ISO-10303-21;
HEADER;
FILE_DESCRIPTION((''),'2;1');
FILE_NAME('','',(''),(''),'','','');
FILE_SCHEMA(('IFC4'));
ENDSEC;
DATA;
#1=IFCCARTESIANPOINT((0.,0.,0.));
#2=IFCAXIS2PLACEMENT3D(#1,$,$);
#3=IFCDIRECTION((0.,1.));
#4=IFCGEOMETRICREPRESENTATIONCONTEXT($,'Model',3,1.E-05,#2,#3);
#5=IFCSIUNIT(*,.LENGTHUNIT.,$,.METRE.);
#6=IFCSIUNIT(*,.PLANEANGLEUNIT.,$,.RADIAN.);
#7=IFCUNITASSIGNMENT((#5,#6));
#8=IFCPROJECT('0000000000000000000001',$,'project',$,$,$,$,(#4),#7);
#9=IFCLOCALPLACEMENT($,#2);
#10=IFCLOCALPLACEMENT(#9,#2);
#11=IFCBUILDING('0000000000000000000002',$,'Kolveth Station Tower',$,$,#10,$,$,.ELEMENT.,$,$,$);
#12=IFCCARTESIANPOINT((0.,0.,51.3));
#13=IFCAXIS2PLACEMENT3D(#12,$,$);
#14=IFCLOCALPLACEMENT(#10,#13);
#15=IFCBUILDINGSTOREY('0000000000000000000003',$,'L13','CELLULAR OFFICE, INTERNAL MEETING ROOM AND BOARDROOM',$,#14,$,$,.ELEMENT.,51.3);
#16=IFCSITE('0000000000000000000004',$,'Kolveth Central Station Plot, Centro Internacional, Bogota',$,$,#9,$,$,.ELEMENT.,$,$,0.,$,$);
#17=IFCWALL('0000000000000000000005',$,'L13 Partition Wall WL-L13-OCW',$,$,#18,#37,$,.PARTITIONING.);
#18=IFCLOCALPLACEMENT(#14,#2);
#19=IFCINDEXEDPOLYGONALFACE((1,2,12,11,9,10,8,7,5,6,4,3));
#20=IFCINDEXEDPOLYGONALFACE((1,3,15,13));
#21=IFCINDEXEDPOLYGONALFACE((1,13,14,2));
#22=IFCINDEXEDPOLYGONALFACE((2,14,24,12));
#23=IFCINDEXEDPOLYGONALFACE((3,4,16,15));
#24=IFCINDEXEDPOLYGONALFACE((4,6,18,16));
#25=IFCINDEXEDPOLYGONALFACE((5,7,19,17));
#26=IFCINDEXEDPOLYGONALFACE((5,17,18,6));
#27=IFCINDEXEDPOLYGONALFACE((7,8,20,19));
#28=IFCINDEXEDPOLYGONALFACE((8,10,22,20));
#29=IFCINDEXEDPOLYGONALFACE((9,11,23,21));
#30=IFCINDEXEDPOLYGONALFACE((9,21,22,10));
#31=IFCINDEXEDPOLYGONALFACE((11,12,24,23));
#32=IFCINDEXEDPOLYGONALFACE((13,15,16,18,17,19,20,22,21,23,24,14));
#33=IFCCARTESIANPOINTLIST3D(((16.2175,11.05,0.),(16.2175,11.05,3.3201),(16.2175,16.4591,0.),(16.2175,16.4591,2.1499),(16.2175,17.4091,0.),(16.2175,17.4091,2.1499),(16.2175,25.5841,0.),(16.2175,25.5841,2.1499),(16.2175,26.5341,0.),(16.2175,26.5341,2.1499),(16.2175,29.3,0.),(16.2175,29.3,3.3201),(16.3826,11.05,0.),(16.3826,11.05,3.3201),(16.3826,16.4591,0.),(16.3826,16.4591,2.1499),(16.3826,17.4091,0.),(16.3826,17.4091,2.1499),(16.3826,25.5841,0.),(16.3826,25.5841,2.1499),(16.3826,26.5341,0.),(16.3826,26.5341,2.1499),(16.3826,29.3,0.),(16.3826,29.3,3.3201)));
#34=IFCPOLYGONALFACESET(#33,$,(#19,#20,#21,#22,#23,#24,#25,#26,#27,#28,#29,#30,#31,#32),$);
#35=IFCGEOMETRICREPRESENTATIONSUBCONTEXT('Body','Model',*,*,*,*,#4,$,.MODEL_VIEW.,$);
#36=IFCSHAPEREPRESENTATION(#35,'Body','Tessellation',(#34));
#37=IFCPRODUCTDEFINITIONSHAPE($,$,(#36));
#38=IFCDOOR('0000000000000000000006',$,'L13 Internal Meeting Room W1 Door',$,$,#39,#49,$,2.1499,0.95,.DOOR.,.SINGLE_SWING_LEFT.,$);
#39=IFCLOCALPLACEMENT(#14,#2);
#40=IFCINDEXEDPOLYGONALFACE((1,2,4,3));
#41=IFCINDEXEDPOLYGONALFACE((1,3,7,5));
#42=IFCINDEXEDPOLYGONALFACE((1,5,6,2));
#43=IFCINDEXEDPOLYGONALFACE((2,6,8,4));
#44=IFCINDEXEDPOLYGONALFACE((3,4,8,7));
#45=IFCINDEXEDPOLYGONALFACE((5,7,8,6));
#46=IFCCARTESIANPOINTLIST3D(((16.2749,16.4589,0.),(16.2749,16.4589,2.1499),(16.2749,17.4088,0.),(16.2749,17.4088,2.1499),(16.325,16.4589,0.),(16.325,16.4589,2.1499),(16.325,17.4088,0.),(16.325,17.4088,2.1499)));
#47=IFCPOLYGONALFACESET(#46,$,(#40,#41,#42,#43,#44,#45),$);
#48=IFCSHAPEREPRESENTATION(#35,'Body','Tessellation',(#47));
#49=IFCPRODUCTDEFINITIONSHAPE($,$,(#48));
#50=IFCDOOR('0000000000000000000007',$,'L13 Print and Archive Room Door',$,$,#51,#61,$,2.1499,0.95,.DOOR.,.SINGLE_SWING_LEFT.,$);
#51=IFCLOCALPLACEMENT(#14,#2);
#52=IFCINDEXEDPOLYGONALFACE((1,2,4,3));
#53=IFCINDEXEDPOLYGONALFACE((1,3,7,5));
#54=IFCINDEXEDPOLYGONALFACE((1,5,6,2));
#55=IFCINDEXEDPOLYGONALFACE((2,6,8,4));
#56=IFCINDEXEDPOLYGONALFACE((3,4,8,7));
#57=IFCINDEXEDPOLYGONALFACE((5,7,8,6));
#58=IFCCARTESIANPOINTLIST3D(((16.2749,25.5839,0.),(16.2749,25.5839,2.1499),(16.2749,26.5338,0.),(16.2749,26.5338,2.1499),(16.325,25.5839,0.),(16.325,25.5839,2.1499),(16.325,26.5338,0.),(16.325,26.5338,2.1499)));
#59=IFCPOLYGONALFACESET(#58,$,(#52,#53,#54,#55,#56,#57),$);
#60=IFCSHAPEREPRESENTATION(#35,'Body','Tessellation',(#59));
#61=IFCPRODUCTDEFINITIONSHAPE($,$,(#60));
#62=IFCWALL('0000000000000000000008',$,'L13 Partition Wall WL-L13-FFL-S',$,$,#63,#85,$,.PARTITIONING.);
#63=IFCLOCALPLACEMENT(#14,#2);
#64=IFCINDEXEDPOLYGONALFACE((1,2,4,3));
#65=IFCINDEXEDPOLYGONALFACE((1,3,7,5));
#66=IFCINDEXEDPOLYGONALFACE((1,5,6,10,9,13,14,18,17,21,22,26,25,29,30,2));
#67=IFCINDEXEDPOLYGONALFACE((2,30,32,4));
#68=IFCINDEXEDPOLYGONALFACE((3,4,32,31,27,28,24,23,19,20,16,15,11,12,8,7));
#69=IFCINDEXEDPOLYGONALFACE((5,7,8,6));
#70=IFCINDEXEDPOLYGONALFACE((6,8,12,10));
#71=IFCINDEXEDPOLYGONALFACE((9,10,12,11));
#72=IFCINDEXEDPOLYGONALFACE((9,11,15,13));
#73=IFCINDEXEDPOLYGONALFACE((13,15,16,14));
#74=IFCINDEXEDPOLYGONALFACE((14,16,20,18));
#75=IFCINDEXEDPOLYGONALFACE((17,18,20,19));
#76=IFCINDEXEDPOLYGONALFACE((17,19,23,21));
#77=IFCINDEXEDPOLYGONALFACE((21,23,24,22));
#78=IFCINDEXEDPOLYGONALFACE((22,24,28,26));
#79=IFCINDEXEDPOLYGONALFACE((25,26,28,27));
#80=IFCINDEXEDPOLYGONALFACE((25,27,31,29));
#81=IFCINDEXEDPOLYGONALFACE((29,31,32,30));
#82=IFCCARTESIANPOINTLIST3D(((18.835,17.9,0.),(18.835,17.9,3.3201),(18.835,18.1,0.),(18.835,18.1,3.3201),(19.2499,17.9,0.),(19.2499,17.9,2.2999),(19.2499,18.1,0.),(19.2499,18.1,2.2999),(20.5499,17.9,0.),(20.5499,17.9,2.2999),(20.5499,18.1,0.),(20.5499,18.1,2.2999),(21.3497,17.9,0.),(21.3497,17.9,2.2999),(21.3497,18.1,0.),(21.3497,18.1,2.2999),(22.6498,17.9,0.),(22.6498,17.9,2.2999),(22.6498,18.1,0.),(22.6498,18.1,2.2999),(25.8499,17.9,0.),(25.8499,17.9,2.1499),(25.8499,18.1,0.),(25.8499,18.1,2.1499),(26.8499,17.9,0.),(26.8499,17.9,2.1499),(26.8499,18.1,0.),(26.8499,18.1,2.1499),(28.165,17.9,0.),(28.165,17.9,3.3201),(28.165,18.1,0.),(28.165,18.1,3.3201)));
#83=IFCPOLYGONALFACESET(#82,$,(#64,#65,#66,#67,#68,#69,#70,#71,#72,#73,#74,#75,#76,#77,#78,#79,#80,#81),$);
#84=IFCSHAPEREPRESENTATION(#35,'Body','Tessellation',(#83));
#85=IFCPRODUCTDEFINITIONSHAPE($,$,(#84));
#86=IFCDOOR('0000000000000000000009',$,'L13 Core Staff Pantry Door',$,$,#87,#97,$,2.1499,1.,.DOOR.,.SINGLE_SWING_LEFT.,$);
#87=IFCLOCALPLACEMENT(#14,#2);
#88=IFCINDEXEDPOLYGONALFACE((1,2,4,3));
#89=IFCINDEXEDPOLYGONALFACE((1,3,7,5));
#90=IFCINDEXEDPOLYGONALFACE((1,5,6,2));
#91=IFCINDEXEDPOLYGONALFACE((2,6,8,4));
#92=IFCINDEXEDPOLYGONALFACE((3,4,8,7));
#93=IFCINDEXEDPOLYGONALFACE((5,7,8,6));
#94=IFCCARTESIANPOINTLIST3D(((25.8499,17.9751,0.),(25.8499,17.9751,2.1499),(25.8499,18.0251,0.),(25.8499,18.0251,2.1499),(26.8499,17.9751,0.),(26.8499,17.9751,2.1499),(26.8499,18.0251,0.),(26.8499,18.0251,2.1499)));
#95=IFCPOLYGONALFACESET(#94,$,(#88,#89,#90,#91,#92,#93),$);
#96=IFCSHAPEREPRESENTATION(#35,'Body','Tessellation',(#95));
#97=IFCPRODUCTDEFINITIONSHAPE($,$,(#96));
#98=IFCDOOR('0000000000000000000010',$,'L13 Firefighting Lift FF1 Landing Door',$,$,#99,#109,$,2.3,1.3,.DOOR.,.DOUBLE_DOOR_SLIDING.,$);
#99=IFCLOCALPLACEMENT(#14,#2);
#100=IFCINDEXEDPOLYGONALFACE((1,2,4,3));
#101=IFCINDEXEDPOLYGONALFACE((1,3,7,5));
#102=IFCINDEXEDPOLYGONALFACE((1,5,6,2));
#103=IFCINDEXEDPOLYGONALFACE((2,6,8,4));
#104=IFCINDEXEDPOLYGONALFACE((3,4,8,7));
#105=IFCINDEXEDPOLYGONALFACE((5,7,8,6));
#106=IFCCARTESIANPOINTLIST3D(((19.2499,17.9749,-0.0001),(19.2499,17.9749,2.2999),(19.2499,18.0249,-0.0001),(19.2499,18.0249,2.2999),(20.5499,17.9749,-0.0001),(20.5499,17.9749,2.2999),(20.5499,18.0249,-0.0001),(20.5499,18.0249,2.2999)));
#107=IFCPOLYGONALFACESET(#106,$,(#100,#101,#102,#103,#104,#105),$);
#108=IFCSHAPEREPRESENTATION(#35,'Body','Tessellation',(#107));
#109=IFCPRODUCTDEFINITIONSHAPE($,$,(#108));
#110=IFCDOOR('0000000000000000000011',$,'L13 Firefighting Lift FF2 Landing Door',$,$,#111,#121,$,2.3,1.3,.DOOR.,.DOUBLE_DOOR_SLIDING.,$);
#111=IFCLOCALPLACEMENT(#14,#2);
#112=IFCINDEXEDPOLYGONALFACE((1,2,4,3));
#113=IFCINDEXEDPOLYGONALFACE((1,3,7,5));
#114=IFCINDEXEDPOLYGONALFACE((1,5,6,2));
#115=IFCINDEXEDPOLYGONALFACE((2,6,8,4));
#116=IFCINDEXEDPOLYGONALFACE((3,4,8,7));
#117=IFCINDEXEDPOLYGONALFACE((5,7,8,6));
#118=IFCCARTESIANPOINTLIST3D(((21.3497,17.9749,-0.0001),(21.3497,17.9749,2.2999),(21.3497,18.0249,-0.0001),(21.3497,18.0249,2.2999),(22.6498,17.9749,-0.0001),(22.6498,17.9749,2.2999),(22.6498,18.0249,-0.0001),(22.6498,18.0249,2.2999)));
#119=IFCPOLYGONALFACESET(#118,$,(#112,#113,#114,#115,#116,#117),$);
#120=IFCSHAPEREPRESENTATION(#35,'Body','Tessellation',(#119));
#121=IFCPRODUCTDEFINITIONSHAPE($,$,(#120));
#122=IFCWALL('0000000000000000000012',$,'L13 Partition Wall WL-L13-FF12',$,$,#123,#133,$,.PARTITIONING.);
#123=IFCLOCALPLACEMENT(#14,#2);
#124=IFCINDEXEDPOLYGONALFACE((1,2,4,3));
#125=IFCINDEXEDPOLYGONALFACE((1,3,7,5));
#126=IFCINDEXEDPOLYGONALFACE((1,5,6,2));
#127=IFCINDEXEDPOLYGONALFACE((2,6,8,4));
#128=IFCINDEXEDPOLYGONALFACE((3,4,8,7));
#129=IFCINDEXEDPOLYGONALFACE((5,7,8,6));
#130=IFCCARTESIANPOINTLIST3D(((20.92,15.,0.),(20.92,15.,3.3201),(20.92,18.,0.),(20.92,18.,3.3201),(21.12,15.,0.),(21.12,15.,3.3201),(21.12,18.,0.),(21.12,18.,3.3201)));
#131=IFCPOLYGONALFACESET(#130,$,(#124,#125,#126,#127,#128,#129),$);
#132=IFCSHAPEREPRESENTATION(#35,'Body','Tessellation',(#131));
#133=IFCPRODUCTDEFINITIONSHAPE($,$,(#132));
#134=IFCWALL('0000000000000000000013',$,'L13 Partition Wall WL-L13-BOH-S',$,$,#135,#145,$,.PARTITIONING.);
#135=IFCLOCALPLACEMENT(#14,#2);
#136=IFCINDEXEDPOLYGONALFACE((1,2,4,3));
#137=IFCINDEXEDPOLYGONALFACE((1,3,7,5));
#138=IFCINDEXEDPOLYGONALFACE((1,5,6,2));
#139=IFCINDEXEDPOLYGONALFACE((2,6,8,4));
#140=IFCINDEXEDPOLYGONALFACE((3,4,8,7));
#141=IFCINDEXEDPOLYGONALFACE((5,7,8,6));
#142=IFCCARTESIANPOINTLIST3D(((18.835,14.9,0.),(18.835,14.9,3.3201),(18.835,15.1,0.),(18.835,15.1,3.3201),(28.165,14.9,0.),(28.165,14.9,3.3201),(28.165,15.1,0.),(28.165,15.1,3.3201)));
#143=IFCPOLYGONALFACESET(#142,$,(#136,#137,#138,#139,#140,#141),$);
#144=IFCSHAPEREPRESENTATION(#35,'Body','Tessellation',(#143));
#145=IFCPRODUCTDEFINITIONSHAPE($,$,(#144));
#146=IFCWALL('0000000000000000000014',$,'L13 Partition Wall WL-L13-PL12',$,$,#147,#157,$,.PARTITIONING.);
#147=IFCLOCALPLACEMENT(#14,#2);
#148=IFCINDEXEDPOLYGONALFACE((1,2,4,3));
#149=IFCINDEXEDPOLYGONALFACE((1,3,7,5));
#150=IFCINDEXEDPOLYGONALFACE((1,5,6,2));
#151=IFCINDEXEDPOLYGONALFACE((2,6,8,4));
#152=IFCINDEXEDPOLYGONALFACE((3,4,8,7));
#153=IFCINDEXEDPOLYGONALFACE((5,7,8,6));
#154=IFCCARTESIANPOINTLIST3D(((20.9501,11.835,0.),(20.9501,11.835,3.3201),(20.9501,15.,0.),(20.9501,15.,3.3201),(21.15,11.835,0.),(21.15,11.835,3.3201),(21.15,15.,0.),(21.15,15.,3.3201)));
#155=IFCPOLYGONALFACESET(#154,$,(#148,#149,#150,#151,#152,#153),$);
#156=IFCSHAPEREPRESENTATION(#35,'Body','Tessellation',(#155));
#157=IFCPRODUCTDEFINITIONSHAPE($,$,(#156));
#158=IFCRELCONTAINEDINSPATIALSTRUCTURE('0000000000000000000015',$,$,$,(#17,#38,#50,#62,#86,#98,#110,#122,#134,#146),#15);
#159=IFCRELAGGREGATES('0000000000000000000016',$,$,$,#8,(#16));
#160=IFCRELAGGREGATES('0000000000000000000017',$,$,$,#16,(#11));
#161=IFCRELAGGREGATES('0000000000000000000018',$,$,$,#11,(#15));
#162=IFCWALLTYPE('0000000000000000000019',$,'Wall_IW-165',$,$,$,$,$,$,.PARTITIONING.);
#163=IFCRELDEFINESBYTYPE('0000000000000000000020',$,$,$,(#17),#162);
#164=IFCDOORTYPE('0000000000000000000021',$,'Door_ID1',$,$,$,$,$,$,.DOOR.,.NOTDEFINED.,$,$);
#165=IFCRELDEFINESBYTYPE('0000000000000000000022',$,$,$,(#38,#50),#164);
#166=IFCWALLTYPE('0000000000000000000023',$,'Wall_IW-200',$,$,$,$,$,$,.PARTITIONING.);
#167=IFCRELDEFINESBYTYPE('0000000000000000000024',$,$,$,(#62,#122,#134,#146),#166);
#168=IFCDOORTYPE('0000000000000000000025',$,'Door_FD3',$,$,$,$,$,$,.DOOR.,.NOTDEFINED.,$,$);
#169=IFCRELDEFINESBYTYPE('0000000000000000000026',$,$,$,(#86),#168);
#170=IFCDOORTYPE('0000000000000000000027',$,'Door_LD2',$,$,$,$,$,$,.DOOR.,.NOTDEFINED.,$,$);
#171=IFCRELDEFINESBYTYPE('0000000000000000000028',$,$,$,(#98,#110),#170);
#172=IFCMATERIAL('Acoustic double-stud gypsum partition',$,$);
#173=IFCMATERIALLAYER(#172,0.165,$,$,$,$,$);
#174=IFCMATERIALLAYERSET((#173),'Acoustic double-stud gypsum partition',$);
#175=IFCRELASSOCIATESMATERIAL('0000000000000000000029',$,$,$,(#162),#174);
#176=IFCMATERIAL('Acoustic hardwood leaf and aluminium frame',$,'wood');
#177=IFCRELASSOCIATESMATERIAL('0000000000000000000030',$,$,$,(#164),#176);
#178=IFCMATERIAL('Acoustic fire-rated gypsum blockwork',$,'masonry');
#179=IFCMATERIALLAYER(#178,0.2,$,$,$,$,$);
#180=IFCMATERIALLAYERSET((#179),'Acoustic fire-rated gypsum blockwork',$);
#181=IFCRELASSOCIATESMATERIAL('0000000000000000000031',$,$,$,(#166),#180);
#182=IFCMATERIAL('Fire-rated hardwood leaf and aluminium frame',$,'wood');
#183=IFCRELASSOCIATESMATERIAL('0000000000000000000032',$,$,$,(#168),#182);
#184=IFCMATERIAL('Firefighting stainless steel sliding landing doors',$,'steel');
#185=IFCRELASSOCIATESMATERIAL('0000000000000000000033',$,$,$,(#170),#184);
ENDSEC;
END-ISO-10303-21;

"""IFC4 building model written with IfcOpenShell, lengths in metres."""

from ifc_helpers import new_model, si_unit, direction, frame, frame_2d, origin, place, context, subcontext, project, spatial, rectangle, extrude, material, layer, layer_set, type_object, element, fill, save


model = new_model("IFC4")

# Units and contexts
model_context = context("Model", 3, precision=1e-05, world=origin(), true_north=direction((0.0, 1.0)))
body_context = subcontext(model_context, "Body", "Model", "MODEL_VIEW")
ifc_project = project(units=[si_unit("LENGTHUNIT", "METRE"), si_unit("PLANEANGLEUNIT", "RADIAN")], contexts=[model_context])

# Site, building, storey
site_placement = place(None, origin())
site = spatial("IfcSite", under=ifc_project, at=site_placement, Name="Kolveth Central Station Plot, Centro Internacional, Bogota", CompositionType="ELEMENT", RefElevation=0.0)
building_placement = place(site_placement, origin())
building = spatial("IfcBuilding", under=site, at=building_placement, Name="Kolveth Station Tower", CompositionType="ELEMENT")
storey_placement = place(building_placement, frame((0.0, 0.0, 51.3)))
storey = spatial("IfcBuildingStorey", under=building, at=storey_placement, Name="L13", Description="CELLULAR OFFICE, INTERNAL MEETING ROOM AND BOARDROOM", CompositionType="ELEMENT", Elevation=51.3)

# Walls, openings, doors
ifc_material_1 = material(Name="Acoustic double-stud gypsum partition")
ifc_layer_1 = layer(ifc_material_1, 0.165)
ifc_layer_set_1 = layer_set([ifc_layer_1], Name="Acoustic double-stud gypsum partition")
wall_type_1 = type_object("IfcWallType", Name="Wall_IW-165", PredefinedType="PARTITIONING", material=ifc_layer_set_1)
wall_1_placement = place(storey_placement, frame((16.3, 11.05, 0.0), z_axis=(0.0, 0.0, 1.0), x_axis=(0.0, 1.0, 0.0)))
wall_1 = element("IfcWall", 1, at=wall_1_placement, inside=storey, type_object=wall_type_1, Name="L13 Partition Wall WL-L13-OCW", PredefinedType="PARTITIONING", context=body_context, shape_type="SweptSolid", body=[
    extrude(rectangle(XDim=18.25, YDim=0.165, at=frame_2d((9.125, 0.0))), origin(), (0.0, 0.0, 1.0), 3.3201),
])
opening_1_placement = place(wall_1_placement, frame((5.4089, 0.0, 0.0)))
opening_1 = element("IfcOpeningElement", 2, at=opening_1_placement, cuts=wall_1, PredefinedType="OPENING", context=body_context, shape_type="SweptSolid", body=[
    extrude(rectangle(XDim=0.95, YDim=2.1499, at=frame_2d((0.4751, 1.075))), frame((0.0, 0.0925, 0.0), z_axis=(0.0, -1.0, 0.0), x_axis=(1.0, 0.0, 0.0)), (0.0, 0.0, 1.0), 0.1851),
])
opening_2_placement = place(wall_1_placement, frame((14.5339, 0.0, 0.0)))
opening_2 = element("IfcOpeningElement", 3, at=opening_2_placement, cuts=wall_1, PredefinedType="OPENING", context=body_context, shape_type="SweptSolid", body=[
    extrude(rectangle(XDim=0.95, YDim=2.1499, at=frame_2d((0.4751, 1.075))), frame((0.0, 0.0925, 0.0), z_axis=(0.0, -1.0, 0.0), x_axis=(1.0, 0.0, 0.0)), (0.0, 0.0, 1.0), 0.1851),
])
ifc_material_2 = material(Name="Acoustic hardwood leaf and aluminium frame", Category="wood")
door_type_1 = type_object("IfcDoorType", Name="Door_ID1", OperationType="NOTDEFINED", PredefinedType="DOOR", material=ifc_material_2)
door_1_placement = place(opening_1_placement, frame((0.95, 0.0, 0.0), z_axis=(0.0, 0.0, 1.0), x_axis=(-1.0, 0.0, 0.0)))
door_1 = element("IfcDoor", 4, at=door_1_placement, inside=storey, type_object=door_type_1, Name="L13 Internal Meeting Room W1 Door", OperationType="SINGLE_SWING_LEFT", OverallHeight=2.1499, OverallWidth=0.95, PredefinedType="DOOR", context=body_context, shape_type="SweptSolid", body=[
    extrude(rectangle(XDim=0.95, YDim=2.1499, at=frame_2d((0.4751, 1.075))), frame((0.0, 0.0249, 0.0), z_axis=(0.0, -1.0, 0.0), x_axis=(1.0, 0.0, 0.0)), (0.0, 0.0, 1.0), 0.05),
])
fill(opening_1, door_1)
door_2_placement = place(opening_2_placement, frame((0.95, 0.0, 0.0), z_axis=(0.0, 0.0, 1.0), x_axis=(-1.0, 0.0, 0.0)))
door_2 = element("IfcDoor", 5, at=door_2_placement, inside=storey, type_object=door_type_1, Name="L13 Print and Archive Room Door", OperationType="SINGLE_SWING_LEFT", OverallHeight=2.1499, OverallWidth=0.95, PredefinedType="DOOR", context=body_context, shape_type="SweptSolid", body=[
    extrude(rectangle(XDim=0.95, YDim=2.1499, at=frame_2d((0.4751, 1.075))), frame((0.0, 0.0249, 0.0), z_axis=(0.0, -1.0, 0.0), x_axis=(1.0, 0.0, 0.0)), (0.0, 0.0, 1.0), 0.05),
])
fill(opening_2, door_2)
ifc_material_3 = material(Name="Acoustic fire-rated gypsum blockwork", Category="masonry")
ifc_layer_2 = layer(ifc_material_3, 0.2)
ifc_layer_set_2 = layer_set([ifc_layer_2], Name="Acoustic fire-rated gypsum blockwork")
wall_type_2 = type_object("IfcWallType", Name="Wall_IW-200", PredefinedType="PARTITIONING", material=ifc_layer_set_2)
wall_2_placement = place(storey_placement, frame((18.835, 18.0, 0.0), z_axis=(0.0, 0.0, 1.0), x_axis=(1.0, 0.0, 0.0)))
wall_2 = element("IfcWall", 6, at=wall_2_placement, inside=storey, type_object=wall_type_2, Name="L13 Partition Wall WL-L13-FFL-S", PredefinedType="PARTITIONING", context=body_context, shape_type="SweptSolid", body=[
    extrude(rectangle(XDim=9.3301, YDim=0.2, at=frame_2d((4.665, 0.0))), origin(), (0.0, 0.0, 1.0), 3.3201),
])
opening_3_placement = place(wall_2_placement, frame((0.415, 0.0, 0.0)))
opening_3 = element("IfcOpeningElement", 7, at=opening_3_placement, cuts=wall_2, PredefinedType="OPENING", context=body_context, shape_type="SweptSolid", body=[
    extrude(rectangle(XDim=1.3, YDim=2.3, at=frame_2d((0.6499, 1.1499))), frame((0.0, 0.1099, 0.0), z_axis=(0.0, -1.0, 0.0), x_axis=(1.0, 0.0, 0.0)), (0.0, 0.0, 1.0), 0.22),
])
opening_4_placement = place(wall_2_placement, frame((2.5149, 0.0, 0.0)))
opening_4 = element("IfcOpeningElement", 8, at=opening_4_placement, cuts=wall_2, PredefinedType="OPENING", context=body_context, shape_type="SweptSolid", body=[
    extrude(rectangle(XDim=1.3, YDim=2.3, at=frame_2d((0.6499, 1.1499))), frame((0.0, 0.1099, 0.0), z_axis=(0.0, -1.0, 0.0), x_axis=(1.0, 0.0, 0.0)), (0.0, 0.0, 1.0), 0.22),
])
opening_5_placement = place(wall_2_placement, frame((7.0149, 0.0, 0.0)))
opening_5 = element("IfcOpeningElement", 9, at=opening_5_placement, cuts=wall_2, PredefinedType="OPENING", context=body_context, shape_type="SweptSolid", body=[
    extrude(rectangle(XDim=1.0, YDim=2.1499, at=frame_2d((0.5, 1.075))), frame((0.0, 0.1099, 0.0), z_axis=(0.0, -1.0, 0.0), x_axis=(1.0, 0.0, 0.0)), (0.0, 0.0, 1.0), 0.22),
])
ifc_material_4 = material(Name="Fire-rated hardwood leaf and aluminium frame", Category="wood")
door_type_2 = type_object("IfcDoorType", Name="Door_FD3", OperationType="NOTDEFINED", PredefinedType="DOOR", material=ifc_material_4)
door_3_placement = place(opening_5_placement, frame((1.0, 0.0, 0.0), z_axis=(0.0, 0.0, 1.0), x_axis=(-1.0, 0.0, 0.0)))
door_3 = element("IfcDoor", 10, at=door_3_placement, inside=storey, type_object=door_type_2, Name="L13 Core Staff Pantry Door", OperationType="SINGLE_SWING_LEFT", OverallHeight=2.1499, OverallWidth=1.0, PredefinedType="DOOR", context=body_context, shape_type="SweptSolid", body=[
    extrude(rectangle(XDim=1.0, YDim=2.1499, at=frame_2d((0.5, 1.075))), frame((0.0, 0.0249, 0.0), z_axis=(0.0, -1.0, 0.0), x_axis=(1.0, 0.0, 0.0)), (0.0, 0.0, 1.0), 0.05),
])
fill(opening_5, door_3)
ifc_material_5 = material(Name="Firefighting stainless steel sliding landing doors", Category="steel")
door_type_3 = type_object("IfcDoorType", Name="Door_LD2", OperationType="NOTDEFINED", PredefinedType="DOOR", material=ifc_material_5)
door_4_placement = place(opening_3_placement, origin())
door_4 = element("IfcDoor", 11, at=door_4_placement, inside=storey, type_object=door_type_3, Name="L13 Firefighting Lift FF1 Landing Door", OperationType="DOUBLE_DOOR_SLIDING", OverallHeight=2.3, OverallWidth=1.3, PredefinedType="DOOR", context=body_context, shape_type="SweptSolid", body=[
    extrude(rectangle(XDim=1.3, YDim=2.3, at=frame_2d((0.6499, 1.1499))), frame((0.0, 0.0249, 0.0), z_axis=(0.0, -1.0, 0.0), x_axis=(1.0, 0.0, 0.0)), (0.0, 0.0, 1.0), 0.05),
])
fill(opening_3, door_4)
door_5_placement = place(opening_4_placement, origin())
door_5 = element("IfcDoor", 12, at=door_5_placement, inside=storey, type_object=door_type_3, Name="L13 Firefighting Lift FF2 Landing Door", OperationType="DOUBLE_DOOR_SLIDING", OverallHeight=2.3, OverallWidth=1.3, PredefinedType="DOOR", context=body_context, shape_type="SweptSolid", body=[
    extrude(rectangle(XDim=1.3, YDim=2.3, at=frame_2d((0.6499, 1.1499))), frame((0.0, 0.0249, 0.0), z_axis=(0.0, -1.0, 0.0), x_axis=(1.0, 0.0, 0.0)), (0.0, 0.0, 1.0), 0.05),
])
fill(opening_4, door_5)

# Walls
wall_3_placement = place(storey_placement, frame((21.02, 15.0, 0.0), z_axis=(0.0, 0.0, 1.0), x_axis=(0.0, 1.0, 0.0)))
element("IfcWall", 13, at=wall_3_placement, inside=storey, type_object=wall_type_2, Name="L13 Partition Wall WL-L13-FF12", PredefinedType="PARTITIONING", context=body_context, shape_type="SweptSolid", body=[
    extrude(rectangle(XDim=3.0, YDim=0.2, at=frame_2d((1.5, 0.0))), origin(), (0.0, 0.0, 1.0), 3.3201),
])
wall_4_placement = place(storey_placement, frame((18.835, 15.0, 0.0), z_axis=(0.0, 0.0, 1.0), x_axis=(1.0, 0.0, 0.0)))
element("IfcWall", 14, at=wall_4_placement, inside=storey, type_object=wall_type_2, Name="L13 Partition Wall WL-L13-BOH-S", PredefinedType="PARTITIONING", context=body_context, shape_type="SweptSolid", body=[
    extrude(rectangle(XDim=9.3301, YDim=0.2, at=frame_2d((4.665, 0.0))), origin(), (0.0, 0.0, 1.0), 3.3201),
])
wall_5_placement = place(storey_placement, frame((21.05, 11.835, 0.0), z_axis=(0.0, 0.0, 1.0), x_axis=(0.0, 1.0, 0.0)))
element("IfcWall", 15, at=wall_5_placement, inside=storey, type_object=wall_type_2, Name="L13 Partition Wall WL-L13-PL12", PredefinedType="PARTITIONING", context=body_context, shape_type="SweptSolid", body=[
    extrude(rectangle(XDim=3.165, YDim=0.2, at=frame_2d((1.5825, 0.0))), origin(), (0.0, 0.0, 1.0), 3.3201),
])

save(model, "model.ifc")
